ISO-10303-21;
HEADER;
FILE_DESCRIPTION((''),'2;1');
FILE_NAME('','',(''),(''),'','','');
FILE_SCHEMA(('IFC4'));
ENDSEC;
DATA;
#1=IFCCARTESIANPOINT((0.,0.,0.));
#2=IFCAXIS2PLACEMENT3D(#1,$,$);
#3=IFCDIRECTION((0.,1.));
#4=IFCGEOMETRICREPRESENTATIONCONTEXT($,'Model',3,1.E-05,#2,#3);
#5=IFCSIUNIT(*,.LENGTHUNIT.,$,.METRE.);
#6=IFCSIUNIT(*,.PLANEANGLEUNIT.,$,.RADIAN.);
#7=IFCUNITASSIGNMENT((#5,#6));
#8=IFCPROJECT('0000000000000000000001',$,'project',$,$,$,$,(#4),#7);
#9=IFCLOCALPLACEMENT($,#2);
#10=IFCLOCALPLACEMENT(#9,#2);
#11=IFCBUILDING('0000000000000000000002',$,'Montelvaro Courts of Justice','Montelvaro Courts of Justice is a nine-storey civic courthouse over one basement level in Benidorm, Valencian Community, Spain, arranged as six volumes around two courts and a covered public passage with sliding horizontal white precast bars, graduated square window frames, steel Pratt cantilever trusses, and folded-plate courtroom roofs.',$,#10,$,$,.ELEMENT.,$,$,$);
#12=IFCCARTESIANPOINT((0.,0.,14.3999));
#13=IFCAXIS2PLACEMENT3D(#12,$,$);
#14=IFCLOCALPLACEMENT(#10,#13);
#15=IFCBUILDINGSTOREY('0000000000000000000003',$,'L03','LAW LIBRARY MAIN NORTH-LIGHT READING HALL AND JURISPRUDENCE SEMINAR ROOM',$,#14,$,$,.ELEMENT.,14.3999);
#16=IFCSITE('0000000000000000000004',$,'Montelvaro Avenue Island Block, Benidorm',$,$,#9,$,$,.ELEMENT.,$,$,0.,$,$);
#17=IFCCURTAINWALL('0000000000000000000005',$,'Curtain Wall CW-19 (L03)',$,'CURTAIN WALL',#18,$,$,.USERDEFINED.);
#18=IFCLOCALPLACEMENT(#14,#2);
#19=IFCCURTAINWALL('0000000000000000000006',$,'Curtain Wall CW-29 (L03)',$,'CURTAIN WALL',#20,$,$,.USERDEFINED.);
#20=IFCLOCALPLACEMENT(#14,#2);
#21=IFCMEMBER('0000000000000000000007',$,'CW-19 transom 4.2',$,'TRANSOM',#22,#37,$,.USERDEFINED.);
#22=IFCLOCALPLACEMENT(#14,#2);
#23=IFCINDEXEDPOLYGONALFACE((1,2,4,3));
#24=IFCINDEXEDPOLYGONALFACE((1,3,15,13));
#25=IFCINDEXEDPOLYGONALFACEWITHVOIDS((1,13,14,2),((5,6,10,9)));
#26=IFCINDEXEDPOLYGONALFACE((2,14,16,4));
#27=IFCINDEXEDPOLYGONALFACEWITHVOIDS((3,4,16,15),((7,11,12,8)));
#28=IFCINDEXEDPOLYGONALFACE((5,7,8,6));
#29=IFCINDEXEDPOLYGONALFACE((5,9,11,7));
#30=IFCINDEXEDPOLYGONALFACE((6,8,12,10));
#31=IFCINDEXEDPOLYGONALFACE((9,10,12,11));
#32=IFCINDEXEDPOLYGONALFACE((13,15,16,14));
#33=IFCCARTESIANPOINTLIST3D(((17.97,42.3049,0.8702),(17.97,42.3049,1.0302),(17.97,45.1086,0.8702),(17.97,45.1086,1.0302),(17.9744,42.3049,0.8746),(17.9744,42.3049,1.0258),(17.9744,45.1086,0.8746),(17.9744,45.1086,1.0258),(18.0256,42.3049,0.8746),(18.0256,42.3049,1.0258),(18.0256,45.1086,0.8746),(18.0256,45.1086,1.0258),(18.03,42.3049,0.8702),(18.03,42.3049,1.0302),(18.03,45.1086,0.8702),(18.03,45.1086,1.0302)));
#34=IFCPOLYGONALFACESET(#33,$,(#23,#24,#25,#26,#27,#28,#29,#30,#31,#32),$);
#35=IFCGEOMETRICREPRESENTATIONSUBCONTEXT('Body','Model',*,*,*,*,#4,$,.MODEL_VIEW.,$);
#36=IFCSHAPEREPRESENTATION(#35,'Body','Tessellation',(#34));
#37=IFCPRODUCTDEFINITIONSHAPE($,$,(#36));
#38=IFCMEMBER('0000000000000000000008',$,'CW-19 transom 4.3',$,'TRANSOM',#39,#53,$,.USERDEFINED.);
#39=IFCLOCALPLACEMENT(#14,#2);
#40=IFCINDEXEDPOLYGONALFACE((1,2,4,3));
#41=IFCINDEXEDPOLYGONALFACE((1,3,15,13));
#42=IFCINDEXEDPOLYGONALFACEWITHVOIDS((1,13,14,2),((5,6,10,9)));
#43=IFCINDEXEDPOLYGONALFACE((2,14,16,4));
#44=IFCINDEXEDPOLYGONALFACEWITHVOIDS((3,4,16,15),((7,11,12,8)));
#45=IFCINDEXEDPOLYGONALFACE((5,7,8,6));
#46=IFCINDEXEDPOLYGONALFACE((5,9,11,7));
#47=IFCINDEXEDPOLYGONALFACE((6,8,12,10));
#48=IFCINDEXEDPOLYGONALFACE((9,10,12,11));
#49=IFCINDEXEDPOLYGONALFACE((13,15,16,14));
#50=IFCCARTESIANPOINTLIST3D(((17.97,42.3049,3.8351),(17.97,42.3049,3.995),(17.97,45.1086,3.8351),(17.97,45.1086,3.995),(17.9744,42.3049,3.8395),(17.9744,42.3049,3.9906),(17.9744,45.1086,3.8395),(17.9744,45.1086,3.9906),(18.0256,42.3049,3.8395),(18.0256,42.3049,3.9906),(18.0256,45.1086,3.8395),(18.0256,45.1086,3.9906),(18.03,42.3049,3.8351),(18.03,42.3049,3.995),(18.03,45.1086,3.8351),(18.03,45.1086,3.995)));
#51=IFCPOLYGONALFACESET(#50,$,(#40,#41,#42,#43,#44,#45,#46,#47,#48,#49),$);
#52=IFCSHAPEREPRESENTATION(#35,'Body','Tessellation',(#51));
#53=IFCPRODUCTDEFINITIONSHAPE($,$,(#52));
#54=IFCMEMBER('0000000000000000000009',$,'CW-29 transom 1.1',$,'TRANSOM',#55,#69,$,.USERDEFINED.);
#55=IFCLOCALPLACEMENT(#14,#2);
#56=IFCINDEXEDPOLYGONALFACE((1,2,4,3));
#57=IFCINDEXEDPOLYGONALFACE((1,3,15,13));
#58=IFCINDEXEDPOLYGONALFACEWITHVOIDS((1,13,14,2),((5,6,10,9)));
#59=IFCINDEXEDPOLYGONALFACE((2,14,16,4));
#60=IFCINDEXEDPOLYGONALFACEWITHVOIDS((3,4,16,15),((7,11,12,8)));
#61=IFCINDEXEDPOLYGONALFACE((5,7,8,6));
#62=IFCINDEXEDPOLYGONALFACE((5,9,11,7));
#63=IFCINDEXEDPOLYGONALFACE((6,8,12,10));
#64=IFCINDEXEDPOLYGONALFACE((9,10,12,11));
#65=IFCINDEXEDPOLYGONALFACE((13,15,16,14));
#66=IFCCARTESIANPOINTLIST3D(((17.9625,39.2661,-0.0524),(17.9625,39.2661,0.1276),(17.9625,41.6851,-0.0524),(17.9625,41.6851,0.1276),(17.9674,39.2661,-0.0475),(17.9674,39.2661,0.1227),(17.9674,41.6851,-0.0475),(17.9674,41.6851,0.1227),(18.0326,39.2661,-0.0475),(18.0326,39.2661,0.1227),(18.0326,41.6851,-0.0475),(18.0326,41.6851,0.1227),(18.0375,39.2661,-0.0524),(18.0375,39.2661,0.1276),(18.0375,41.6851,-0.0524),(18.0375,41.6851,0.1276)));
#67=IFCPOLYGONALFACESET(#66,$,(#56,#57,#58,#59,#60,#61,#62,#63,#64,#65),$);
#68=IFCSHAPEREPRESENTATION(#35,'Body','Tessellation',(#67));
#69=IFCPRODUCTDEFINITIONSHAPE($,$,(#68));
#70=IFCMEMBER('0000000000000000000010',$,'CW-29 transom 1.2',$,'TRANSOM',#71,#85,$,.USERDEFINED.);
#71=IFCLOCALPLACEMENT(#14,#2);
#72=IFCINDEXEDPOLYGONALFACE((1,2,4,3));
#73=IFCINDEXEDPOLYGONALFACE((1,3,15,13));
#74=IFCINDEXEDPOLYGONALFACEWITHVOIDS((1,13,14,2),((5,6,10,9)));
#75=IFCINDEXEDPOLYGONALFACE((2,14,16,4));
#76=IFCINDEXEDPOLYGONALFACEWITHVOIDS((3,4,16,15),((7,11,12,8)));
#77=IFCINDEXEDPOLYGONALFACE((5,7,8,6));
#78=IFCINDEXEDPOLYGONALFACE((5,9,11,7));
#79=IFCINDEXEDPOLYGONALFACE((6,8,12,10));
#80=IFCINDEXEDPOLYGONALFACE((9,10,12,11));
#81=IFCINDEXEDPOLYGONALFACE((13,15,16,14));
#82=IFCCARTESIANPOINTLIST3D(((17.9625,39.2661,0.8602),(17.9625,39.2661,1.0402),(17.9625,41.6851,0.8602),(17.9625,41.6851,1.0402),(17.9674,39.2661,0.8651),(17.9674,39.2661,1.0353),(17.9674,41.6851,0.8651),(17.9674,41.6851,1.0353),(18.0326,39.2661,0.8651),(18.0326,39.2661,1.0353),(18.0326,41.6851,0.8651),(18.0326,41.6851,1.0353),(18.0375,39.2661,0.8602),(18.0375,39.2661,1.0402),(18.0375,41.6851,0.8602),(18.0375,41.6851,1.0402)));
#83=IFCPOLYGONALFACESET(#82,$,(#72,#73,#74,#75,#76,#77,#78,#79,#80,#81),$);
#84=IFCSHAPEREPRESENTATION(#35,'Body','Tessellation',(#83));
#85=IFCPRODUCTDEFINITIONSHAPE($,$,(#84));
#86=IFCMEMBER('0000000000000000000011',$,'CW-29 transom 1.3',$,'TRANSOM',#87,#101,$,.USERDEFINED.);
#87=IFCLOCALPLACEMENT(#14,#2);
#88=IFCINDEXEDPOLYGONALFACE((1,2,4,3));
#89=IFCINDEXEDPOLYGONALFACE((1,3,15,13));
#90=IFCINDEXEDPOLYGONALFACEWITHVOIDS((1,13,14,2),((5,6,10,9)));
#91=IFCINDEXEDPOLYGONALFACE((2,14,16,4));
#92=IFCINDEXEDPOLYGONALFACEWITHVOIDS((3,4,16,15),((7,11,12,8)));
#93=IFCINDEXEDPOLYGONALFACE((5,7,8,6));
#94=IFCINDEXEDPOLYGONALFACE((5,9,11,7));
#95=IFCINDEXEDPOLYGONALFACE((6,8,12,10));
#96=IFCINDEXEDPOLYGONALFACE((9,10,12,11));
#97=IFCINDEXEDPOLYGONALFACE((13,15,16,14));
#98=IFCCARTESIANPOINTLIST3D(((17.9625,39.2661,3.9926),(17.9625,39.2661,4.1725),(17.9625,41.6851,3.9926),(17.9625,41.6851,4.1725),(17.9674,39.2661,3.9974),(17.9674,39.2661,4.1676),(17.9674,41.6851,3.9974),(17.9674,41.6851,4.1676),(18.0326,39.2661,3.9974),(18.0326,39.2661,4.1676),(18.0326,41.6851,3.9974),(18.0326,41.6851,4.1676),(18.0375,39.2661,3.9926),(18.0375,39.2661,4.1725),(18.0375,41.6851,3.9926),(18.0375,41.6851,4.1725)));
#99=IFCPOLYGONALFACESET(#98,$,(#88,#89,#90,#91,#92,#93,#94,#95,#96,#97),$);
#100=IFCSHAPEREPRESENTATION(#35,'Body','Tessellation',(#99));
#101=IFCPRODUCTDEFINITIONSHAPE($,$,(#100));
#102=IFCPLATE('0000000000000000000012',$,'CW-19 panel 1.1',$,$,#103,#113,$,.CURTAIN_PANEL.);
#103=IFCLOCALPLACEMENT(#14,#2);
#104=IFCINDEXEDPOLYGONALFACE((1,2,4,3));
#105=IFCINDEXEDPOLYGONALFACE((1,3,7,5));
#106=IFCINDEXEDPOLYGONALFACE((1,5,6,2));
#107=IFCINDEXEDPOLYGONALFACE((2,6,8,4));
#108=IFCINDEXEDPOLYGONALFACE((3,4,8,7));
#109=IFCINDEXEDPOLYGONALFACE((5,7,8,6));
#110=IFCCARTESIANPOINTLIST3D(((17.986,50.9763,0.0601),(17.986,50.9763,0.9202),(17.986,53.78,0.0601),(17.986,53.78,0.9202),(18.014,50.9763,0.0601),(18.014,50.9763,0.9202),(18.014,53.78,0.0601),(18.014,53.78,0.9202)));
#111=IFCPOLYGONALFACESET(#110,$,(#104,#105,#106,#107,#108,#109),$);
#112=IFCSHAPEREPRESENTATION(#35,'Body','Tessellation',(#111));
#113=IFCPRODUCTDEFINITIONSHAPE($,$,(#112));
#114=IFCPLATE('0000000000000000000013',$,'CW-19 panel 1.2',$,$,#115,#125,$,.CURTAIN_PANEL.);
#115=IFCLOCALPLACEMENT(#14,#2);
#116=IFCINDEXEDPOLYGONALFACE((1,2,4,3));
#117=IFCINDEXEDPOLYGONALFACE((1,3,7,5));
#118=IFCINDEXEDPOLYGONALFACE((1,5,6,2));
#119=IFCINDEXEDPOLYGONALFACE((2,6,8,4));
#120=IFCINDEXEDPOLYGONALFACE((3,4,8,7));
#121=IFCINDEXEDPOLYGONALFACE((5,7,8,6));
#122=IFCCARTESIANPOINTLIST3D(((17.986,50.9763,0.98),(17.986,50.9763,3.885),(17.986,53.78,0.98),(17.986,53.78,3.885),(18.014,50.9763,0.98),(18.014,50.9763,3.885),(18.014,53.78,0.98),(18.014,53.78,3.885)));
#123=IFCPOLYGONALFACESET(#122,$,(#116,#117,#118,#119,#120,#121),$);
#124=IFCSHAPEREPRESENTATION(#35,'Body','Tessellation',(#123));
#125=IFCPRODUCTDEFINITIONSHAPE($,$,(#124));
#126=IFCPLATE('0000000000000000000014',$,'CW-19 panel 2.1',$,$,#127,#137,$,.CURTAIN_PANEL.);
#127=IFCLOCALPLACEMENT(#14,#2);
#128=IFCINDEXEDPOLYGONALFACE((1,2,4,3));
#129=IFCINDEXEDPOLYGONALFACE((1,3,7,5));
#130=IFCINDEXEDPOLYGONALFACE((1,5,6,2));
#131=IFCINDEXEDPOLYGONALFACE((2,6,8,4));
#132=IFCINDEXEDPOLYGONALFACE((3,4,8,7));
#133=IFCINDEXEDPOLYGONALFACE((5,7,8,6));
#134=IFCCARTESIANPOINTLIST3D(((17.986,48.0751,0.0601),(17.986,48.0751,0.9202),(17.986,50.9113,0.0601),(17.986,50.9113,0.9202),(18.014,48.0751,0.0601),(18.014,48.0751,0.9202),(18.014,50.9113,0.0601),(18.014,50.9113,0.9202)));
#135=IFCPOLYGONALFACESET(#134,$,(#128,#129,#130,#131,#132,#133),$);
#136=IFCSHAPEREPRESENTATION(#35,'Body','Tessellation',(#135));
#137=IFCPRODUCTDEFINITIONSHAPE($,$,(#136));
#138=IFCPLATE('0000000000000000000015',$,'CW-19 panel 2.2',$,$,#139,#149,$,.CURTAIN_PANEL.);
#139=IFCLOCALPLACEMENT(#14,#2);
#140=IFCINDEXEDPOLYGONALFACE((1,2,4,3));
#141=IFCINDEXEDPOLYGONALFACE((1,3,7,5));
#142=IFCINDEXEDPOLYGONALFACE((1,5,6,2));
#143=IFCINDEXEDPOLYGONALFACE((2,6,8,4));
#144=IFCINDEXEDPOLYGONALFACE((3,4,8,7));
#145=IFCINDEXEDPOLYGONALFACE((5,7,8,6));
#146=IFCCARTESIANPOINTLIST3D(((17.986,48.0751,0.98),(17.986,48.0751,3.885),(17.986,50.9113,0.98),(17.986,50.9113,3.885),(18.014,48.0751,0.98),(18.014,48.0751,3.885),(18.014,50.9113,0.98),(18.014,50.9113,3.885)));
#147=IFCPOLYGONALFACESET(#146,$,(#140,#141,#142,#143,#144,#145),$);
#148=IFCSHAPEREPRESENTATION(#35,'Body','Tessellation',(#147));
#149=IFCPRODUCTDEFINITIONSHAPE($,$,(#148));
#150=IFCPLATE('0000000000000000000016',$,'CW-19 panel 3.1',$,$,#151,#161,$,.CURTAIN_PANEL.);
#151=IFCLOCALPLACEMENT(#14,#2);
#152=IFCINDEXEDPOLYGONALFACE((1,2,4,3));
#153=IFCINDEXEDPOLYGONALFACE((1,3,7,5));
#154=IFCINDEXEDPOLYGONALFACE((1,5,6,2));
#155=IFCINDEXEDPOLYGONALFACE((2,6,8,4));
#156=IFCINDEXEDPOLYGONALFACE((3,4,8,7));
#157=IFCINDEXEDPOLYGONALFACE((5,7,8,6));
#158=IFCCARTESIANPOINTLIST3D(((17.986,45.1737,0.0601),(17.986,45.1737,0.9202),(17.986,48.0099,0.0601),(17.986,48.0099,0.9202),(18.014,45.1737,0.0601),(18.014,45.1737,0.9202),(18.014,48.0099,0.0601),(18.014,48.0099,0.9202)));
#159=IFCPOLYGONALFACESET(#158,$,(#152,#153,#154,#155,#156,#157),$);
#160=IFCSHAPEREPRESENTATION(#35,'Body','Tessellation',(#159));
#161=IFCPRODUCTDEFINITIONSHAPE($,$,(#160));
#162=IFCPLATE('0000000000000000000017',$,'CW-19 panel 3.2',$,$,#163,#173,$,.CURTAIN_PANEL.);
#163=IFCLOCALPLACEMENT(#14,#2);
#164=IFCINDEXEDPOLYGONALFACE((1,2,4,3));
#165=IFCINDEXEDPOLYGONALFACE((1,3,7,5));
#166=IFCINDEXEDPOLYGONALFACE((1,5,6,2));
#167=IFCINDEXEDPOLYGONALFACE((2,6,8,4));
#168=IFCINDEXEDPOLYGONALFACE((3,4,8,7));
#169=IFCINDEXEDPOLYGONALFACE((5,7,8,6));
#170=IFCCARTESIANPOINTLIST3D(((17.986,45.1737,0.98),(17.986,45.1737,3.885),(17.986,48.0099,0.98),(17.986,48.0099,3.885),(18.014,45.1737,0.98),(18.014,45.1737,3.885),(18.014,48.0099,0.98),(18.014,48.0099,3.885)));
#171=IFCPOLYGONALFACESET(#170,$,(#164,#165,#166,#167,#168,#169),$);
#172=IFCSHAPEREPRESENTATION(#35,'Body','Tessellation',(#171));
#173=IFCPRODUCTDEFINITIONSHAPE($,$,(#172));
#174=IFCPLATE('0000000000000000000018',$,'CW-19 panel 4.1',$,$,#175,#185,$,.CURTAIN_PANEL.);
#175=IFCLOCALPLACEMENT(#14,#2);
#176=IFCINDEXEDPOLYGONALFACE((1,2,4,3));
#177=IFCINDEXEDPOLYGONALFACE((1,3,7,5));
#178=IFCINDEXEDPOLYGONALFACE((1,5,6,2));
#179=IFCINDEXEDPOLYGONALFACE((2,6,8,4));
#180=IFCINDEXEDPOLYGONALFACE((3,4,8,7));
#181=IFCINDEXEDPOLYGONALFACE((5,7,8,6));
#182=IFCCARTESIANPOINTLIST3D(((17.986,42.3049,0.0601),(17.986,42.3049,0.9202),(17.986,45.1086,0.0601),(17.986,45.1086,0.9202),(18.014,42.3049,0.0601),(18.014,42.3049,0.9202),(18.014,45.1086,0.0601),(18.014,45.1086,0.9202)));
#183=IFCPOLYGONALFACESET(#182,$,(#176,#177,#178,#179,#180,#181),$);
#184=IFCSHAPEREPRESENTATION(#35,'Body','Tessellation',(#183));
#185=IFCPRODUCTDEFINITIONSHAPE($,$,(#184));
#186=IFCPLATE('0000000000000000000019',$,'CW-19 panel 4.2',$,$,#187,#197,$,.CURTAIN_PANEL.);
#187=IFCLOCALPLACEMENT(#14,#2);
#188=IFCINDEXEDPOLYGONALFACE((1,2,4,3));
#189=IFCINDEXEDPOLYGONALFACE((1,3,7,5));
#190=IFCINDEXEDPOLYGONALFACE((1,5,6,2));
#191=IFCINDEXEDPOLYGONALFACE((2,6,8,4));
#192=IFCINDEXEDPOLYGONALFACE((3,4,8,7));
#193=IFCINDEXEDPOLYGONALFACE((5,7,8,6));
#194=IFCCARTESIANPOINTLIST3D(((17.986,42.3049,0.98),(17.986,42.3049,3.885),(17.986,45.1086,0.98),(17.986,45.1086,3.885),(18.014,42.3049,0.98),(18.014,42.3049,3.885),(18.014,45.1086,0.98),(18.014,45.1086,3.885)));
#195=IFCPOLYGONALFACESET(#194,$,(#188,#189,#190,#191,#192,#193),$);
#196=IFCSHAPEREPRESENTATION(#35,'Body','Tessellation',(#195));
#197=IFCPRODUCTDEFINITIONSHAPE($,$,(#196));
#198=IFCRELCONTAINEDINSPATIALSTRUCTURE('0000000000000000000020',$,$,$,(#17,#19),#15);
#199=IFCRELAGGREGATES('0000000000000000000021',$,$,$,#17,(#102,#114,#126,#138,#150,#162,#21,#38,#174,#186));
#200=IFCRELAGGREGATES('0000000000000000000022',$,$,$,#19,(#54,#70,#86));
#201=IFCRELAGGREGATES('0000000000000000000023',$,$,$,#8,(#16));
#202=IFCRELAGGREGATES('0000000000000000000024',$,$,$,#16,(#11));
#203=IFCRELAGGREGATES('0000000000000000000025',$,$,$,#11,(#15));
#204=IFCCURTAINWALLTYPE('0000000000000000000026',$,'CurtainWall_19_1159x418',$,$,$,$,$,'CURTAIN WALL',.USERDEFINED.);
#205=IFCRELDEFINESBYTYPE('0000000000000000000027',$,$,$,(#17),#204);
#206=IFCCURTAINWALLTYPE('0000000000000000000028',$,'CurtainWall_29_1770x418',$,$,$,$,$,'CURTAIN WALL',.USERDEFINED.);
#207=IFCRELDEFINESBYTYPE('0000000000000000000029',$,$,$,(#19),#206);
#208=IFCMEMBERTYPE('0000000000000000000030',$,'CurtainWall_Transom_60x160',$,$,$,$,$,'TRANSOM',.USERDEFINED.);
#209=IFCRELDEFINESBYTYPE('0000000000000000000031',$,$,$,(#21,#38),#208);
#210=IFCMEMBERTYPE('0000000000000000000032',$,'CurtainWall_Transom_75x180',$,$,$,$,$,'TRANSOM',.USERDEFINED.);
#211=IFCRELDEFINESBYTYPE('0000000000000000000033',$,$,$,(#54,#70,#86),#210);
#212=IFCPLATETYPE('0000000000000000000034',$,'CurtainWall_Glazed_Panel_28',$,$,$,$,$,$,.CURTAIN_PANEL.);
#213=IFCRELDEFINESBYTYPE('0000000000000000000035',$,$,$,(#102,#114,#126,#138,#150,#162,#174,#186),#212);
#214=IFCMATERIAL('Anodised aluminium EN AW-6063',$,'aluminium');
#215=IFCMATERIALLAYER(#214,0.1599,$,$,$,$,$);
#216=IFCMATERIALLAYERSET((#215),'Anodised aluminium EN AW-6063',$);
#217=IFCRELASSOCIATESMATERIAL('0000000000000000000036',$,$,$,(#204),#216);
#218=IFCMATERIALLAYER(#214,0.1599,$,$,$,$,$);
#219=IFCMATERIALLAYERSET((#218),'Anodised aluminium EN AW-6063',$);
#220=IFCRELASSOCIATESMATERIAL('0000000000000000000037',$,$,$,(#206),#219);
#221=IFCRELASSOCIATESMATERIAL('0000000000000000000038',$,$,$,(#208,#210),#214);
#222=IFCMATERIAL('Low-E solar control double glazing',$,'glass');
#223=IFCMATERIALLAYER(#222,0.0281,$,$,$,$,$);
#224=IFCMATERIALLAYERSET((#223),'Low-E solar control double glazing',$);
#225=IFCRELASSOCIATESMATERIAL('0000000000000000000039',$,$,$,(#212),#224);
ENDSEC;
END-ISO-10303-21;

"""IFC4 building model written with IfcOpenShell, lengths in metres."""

from ifc_helpers import new_model, si_unit, direction, frame, origin, origin_2d, place, context, subcontext, project, spatial, rectangle, hollow_rectangle, extrude, material, layer, layer_set, material_profile, profile_set, type_object, element, aggregate, save


model = new_model("IFC4")

# Units and contexts
model_context = context("Model", 3, precision=1e-05, world=origin(), true_north=direction((0.0, 1.0)))
body_context = subcontext(model_context, "Body", "Model", "MODEL_VIEW")
ifc_project = project(units=[si_unit("LENGTHUNIT", "METRE"), si_unit("PLANEANGLEUNIT", "RADIAN")], contexts=[model_context])

# Site, building, storey
site_placement = place(None, origin())
site = spatial("IfcSite", under=ifc_project, at=site_placement, Name="Montelvaro Avenue Island Block, Benidorm", CompositionType="ELEMENT", RefElevation=0.0)
building_placement = place(site_placement, origin())
building = spatial("IfcBuilding", under=site, at=building_placement, Name="Montelvaro Courts of Justice", Description="Montelvaro Courts of Justice is a nine-storey civic courthouse over one basement level in Benidorm, Valencian Community, Spain, arranged as six volumes around two courts and a covered public passage with sliding horizontal white precast bars, graduated square window frames, steel Pratt cantilever trusses, and folded-plate courtroom roofs.", CompositionType="ELEMENT")
storey_placement = place(building_placement, frame((0.0, 0.0, 14.3999)))
storey = spatial("IfcBuildingStorey", under=building, at=storey_placement, Name="L03", Description="LAW LIBRARY MAIN NORTH-LIGHT READING HALL AND JURISPRUDENCE SEMINAR ROOM", CompositionType="ELEMENT", Elevation=14.3999)

# Curtain walls
ifc_material_1 = material(Name="Anodised aluminium EN AW-6063", Category="aluminium")
ifc_layer_1 = layer(ifc_material_1, 0.1599)
ifc_layer_set_1 = layer_set([ifc_layer_1], Name="Anodised aluminium EN AW-6063")
curtain_wall_type_1 = type_object("IfcCurtainWallType", Name="CurtainWall_19_1159x418", ElementType="CURTAIN WALL", PredefinedType="USERDEFINED", material=ifc_layer_set_1)
curtain_wall_1_placement = place(storey_placement, origin())
curtain_wall_1 = element("IfcCurtainWall", 1, at=curtain_wall_1_placement, inside=storey, type_object=curtain_wall_type_1, Name="Curtain Wall CW-19 (L03)", ObjectType="CURTAIN WALL", PredefinedType="USERDEFINED")
ifc_layer_2 = layer(ifc_material_1, 0.1599)
ifc_layer_set_2 = layer_set([ifc_layer_2], Name="Anodised aluminium EN AW-6063")
curtain_wall_type_2 = type_object("IfcCurtainWallType", Name="CurtainWall_29_1770x418", ElementType="CURTAIN WALL", PredefinedType="USERDEFINED", material=ifc_layer_set_2)
curtain_wall_2_placement = place(storey_placement, origin())
curtain_wall_2 = element("IfcCurtainWall", 2, at=curtain_wall_2_placement, inside=storey, type_object=curtain_wall_type_2, Name="Curtain Wall CW-29 (L03)", ObjectType="CURTAIN WALL", PredefinedType="USERDEFINED")

# Members
ifc_material_profile_1 = material_profile(ifc_material_1, hollow_rectangle(XDim=0.0601, YDim=0.1599, WallThickness=0.0044, at=origin_2d()), Name="ALU-T 60x160")
ifc_profile_set_1 = profile_set([ifc_material_profile_1], Name="Anodised aluminium EN AW-6063")
member_type_1 = type_object("IfcMemberType", Name="CurtainWall_Transom_60x160", ElementType="TRANSOM", PredefinedType="USERDEFINED", material=ifc_profile_set_1)
member_1_placement = place(storey_placement, frame((18.0, 45.1086, 0.9502), z_axis=(0.0, -1.0, 0.0), x_axis=(1.0, 0.0, 0.0)))
member_1 = element("IfcMember", 3, at=member_1_placement, type_object=member_type_1, Name="CW-19 transom 4.2", ObjectType="TRANSOM", PredefinedType="USERDEFINED", context=body_context, shape_type="SweptSolid", body=[
    extrude(hollow_rectangle(XDim=0.0601, YDim=0.1599, WallThickness=0.0044, at=origin_2d()), origin(), (0.0, 0.0, 1.0), 2.8037),
])
member_2_placement = place(storey_placement, frame((18.0, 45.1086, 3.915), z_axis=(0.0, -1.0, 0.0), x_axis=(1.0, 0.0, 0.0)))
member_2 = element("IfcMember", 4, at=member_2_placement, type_object=member_type_1, Name="CW-19 transom 4.3", ObjectType="TRANSOM", PredefinedType="USERDEFINED", context=body_context, shape_type="SweptSolid", body=[
    extrude(hollow_rectangle(XDim=0.0601, YDim=0.1599, WallThickness=0.0044, at=origin_2d()), origin(), (0.0, 0.0, 1.0), 2.8037),
])
ifc_material_profile_2 = material_profile(ifc_material_1, hollow_rectangle(XDim=0.075, YDim=0.1799, WallThickness=0.0049, at=origin_2d()), Name="ALU-T 75x180")
ifc_profile_set_2 = profile_set([ifc_material_profile_2], Name="Anodised aluminium EN AW-6063")
member_type_2 = type_object("IfcMemberType", Name="CurtainWall_Transom_75x180", ElementType="TRANSOM", PredefinedType="USERDEFINED", material=ifc_profile_set_2)
member_3_placement = place(storey_placement, frame((18.0, 41.6851, 0.0376), z_axis=(0.0, -1.0, 0.0), x_axis=(1.0, 0.0, 0.0)))
member_3 = element("IfcMember", 5, at=member_3_placement, type_object=member_type_2, Name="CW-29 transom 1.1", ObjectType="TRANSOM", PredefinedType="USERDEFINED", context=body_context, shape_type="SweptSolid", body=[
    extrude(hollow_rectangle(XDim=0.075, YDim=0.1799, WallThickness=0.0049, at=origin_2d()), origin(), (0.0, 0.0, 1.0), 2.4189),
])
member_4_placement = place(storey_placement, frame((18.0, 41.6851, 0.9502), z_axis=(0.0, -1.0, 0.0), x_axis=(1.0, 0.0, 0.0)))
member_4 = element("IfcMember", 6, at=member_4_placement, type_object=member_type_2, Name="CW-29 transom 1.2", ObjectType="TRANSOM", PredefinedType="USERDEFINED", context=body_context, shape_type="SweptSolid", body=[
    extrude(hollow_rectangle(XDim=0.075, YDim=0.1799, WallThickness=0.0049, at=origin_2d()), origin(), (0.0, 0.0, 1.0), 2.4189),
])
member_5_placement = place(storey_placement, frame((18.0, 41.6851, 4.0825), z_axis=(0.0, -1.0, 0.0), x_axis=(1.0, 0.0, 0.0)))
member_5 = element("IfcMember", 7, at=member_5_placement, type_object=member_type_2, Name="CW-29 transom 1.3", ObjectType="TRANSOM", PredefinedType="USERDEFINED", context=body_context, shape_type="SweptSolid", body=[
    extrude(hollow_rectangle(XDim=0.075, YDim=0.1799, WallThickness=0.0049, at=origin_2d()), origin(), (0.0, 0.0, 1.0), 2.4189),
])

# Plates
ifc_material_2 = material(Name="Low-E solar control double glazing", Category="glass")
ifc_layer_3 = layer(ifc_material_2, 0.0281)
ifc_layer_set_3 = layer_set([ifc_layer_3], Name="Low-E solar control double glazing")
plate_type = type_object("IfcPlateType", Name="CurtainWall_Glazed_Panel_28", PredefinedType="CURTAIN_PANEL", material=ifc_layer_set_3)
plate_1_placement = place(storey_placement, frame((18.0, 52.3782, 0.0601), z_axis=(0.0, 0.0, 1.0), x_axis=(0.0, -1.0, 0.0)))
plate_1 = element("IfcPlate", 8, at=plate_1_placement, type_object=plate_type, Name="CW-19 panel 1.1", PredefinedType="CURTAIN_PANEL", context=body_context, shape_type="SweptSolid", body=[
    extrude(rectangle(XDim=2.8037, YDim=0.0281, at=origin_2d()), origin(), (0.0, 0.0, 1.0), 0.8601),
])
plate_2_placement = place(storey_placement, frame((18.0, 52.3782, 0.98), z_axis=(0.0, 0.0, 1.0), x_axis=(0.0, -1.0, 0.0)))
plate_2 = element("IfcPlate", 9, at=plate_2_placement, type_object=plate_type, Name="CW-19 panel 1.2", PredefinedType="CURTAIN_PANEL", context=body_context, shape_type="SweptSolid", body=[
    extrude(rectangle(XDim=2.8037, YDim=0.0281, at=origin_2d()), origin(), (0.0, 0.0, 1.0), 2.905),
])
plate_3_placement = place(storey_placement, frame((18.0, 49.4932, 0.0601), z_axis=(0.0, 0.0, 1.0), x_axis=(0.0, -1.0, 0.0)))
plate_3 = element("IfcPlate", 10, at=plate_3_placement, type_object=plate_type, Name="CW-19 panel 2.1", PredefinedType="CURTAIN_PANEL", context=body_context, shape_type="SweptSolid", body=[
    extrude(rectangle(XDim=2.8362, YDim=0.0281, at=origin_2d()), origin(), (0.0, 0.0, 1.0), 0.8601),
])
plate_4_placement = place(storey_placement, frame((18.0, 49.4932, 0.98), z_axis=(0.0, 0.0, 1.0), x_axis=(0.0, -1.0, 0.0)))
plate_4 = element("IfcPlate", 11, at=plate_4_placement, type_object=plate_type, Name="CW-19 panel 2.2", PredefinedType="CURTAIN_PANEL", context=body_context, shape_type="SweptSolid", body=[
    extrude(rectangle(XDim=2.8362, YDim=0.0281, at=origin_2d()), origin(), (0.0, 0.0, 1.0), 2.905),
])
plate_5_placement = place(storey_placement, frame((18.0, 46.5918, 0.0601), z_axis=(0.0, 0.0, 1.0), x_axis=(0.0, -1.0, 0.0)))
plate_5 = element("IfcPlate", 12, at=plate_5_placement, type_object=plate_type, Name="CW-19 panel 3.1", PredefinedType="CURTAIN_PANEL", context=body_context, shape_type="SweptSolid", body=[
    extrude(rectangle(XDim=2.8362, YDim=0.0281, at=origin_2d()), origin(), (0.0, 0.0, 1.0), 0.8601),
])
plate_6_placement = place(storey_placement, frame((18.0, 46.5918, 0.98), z_axis=(0.0, 0.0, 1.0), x_axis=(0.0, -1.0, 0.0)))
plate_6 = element("IfcPlate", 13, at=plate_6_placement, type_object=plate_type, Name="CW-19 panel 3.2", PredefinedType="CURTAIN_PANEL", context=body_context, shape_type="SweptSolid", body=[
    extrude(rectangle(XDim=2.8362, YDim=0.0281, at=origin_2d()), origin(), (0.0, 0.0, 1.0), 2.905),
])
plate_7_placement = place(storey_placement, frame((18.0, 43.7068, 0.0601), z_axis=(0.0, 0.0, 1.0), x_axis=(0.0, -1.0, 0.0)))
plate_7 = element("IfcPlate", 14, at=plate_7_placement, type_object=plate_type, Name="CW-19 panel 4.1", PredefinedType="CURTAIN_PANEL", context=body_context, shape_type="SweptSolid", body=[
    extrude(rectangle(XDim=2.8037, YDim=0.0281, at=origin_2d()), origin(), (0.0, 0.0, 1.0), 0.8601),
])
plate_8_placement = place(storey_placement, frame((18.0, 43.7068, 0.98), z_axis=(0.0, 0.0, 1.0), x_axis=(0.0, -1.0, 0.0)))
plate_8 = element("IfcPlate", 15, at=plate_8_placement, type_object=plate_type, Name="CW-19 panel 4.2", PredefinedType="CURTAIN_PANEL", context=body_context, shape_type="SweptSolid", body=[
    extrude(rectangle(XDim=2.8037, YDim=0.0281, at=origin_2d()), origin(), (0.0, 0.0, 1.0), 2.905),
])
aggregate(curtain_wall_1, [plate_1, plate_2, plate_3, plate_4, plate_5, plate_6, member_1, member_2, plate_7, plate_8])
aggregate(curtain_wall_2, [member_3, member_4, member_5])

save(model, "model.ifc")
